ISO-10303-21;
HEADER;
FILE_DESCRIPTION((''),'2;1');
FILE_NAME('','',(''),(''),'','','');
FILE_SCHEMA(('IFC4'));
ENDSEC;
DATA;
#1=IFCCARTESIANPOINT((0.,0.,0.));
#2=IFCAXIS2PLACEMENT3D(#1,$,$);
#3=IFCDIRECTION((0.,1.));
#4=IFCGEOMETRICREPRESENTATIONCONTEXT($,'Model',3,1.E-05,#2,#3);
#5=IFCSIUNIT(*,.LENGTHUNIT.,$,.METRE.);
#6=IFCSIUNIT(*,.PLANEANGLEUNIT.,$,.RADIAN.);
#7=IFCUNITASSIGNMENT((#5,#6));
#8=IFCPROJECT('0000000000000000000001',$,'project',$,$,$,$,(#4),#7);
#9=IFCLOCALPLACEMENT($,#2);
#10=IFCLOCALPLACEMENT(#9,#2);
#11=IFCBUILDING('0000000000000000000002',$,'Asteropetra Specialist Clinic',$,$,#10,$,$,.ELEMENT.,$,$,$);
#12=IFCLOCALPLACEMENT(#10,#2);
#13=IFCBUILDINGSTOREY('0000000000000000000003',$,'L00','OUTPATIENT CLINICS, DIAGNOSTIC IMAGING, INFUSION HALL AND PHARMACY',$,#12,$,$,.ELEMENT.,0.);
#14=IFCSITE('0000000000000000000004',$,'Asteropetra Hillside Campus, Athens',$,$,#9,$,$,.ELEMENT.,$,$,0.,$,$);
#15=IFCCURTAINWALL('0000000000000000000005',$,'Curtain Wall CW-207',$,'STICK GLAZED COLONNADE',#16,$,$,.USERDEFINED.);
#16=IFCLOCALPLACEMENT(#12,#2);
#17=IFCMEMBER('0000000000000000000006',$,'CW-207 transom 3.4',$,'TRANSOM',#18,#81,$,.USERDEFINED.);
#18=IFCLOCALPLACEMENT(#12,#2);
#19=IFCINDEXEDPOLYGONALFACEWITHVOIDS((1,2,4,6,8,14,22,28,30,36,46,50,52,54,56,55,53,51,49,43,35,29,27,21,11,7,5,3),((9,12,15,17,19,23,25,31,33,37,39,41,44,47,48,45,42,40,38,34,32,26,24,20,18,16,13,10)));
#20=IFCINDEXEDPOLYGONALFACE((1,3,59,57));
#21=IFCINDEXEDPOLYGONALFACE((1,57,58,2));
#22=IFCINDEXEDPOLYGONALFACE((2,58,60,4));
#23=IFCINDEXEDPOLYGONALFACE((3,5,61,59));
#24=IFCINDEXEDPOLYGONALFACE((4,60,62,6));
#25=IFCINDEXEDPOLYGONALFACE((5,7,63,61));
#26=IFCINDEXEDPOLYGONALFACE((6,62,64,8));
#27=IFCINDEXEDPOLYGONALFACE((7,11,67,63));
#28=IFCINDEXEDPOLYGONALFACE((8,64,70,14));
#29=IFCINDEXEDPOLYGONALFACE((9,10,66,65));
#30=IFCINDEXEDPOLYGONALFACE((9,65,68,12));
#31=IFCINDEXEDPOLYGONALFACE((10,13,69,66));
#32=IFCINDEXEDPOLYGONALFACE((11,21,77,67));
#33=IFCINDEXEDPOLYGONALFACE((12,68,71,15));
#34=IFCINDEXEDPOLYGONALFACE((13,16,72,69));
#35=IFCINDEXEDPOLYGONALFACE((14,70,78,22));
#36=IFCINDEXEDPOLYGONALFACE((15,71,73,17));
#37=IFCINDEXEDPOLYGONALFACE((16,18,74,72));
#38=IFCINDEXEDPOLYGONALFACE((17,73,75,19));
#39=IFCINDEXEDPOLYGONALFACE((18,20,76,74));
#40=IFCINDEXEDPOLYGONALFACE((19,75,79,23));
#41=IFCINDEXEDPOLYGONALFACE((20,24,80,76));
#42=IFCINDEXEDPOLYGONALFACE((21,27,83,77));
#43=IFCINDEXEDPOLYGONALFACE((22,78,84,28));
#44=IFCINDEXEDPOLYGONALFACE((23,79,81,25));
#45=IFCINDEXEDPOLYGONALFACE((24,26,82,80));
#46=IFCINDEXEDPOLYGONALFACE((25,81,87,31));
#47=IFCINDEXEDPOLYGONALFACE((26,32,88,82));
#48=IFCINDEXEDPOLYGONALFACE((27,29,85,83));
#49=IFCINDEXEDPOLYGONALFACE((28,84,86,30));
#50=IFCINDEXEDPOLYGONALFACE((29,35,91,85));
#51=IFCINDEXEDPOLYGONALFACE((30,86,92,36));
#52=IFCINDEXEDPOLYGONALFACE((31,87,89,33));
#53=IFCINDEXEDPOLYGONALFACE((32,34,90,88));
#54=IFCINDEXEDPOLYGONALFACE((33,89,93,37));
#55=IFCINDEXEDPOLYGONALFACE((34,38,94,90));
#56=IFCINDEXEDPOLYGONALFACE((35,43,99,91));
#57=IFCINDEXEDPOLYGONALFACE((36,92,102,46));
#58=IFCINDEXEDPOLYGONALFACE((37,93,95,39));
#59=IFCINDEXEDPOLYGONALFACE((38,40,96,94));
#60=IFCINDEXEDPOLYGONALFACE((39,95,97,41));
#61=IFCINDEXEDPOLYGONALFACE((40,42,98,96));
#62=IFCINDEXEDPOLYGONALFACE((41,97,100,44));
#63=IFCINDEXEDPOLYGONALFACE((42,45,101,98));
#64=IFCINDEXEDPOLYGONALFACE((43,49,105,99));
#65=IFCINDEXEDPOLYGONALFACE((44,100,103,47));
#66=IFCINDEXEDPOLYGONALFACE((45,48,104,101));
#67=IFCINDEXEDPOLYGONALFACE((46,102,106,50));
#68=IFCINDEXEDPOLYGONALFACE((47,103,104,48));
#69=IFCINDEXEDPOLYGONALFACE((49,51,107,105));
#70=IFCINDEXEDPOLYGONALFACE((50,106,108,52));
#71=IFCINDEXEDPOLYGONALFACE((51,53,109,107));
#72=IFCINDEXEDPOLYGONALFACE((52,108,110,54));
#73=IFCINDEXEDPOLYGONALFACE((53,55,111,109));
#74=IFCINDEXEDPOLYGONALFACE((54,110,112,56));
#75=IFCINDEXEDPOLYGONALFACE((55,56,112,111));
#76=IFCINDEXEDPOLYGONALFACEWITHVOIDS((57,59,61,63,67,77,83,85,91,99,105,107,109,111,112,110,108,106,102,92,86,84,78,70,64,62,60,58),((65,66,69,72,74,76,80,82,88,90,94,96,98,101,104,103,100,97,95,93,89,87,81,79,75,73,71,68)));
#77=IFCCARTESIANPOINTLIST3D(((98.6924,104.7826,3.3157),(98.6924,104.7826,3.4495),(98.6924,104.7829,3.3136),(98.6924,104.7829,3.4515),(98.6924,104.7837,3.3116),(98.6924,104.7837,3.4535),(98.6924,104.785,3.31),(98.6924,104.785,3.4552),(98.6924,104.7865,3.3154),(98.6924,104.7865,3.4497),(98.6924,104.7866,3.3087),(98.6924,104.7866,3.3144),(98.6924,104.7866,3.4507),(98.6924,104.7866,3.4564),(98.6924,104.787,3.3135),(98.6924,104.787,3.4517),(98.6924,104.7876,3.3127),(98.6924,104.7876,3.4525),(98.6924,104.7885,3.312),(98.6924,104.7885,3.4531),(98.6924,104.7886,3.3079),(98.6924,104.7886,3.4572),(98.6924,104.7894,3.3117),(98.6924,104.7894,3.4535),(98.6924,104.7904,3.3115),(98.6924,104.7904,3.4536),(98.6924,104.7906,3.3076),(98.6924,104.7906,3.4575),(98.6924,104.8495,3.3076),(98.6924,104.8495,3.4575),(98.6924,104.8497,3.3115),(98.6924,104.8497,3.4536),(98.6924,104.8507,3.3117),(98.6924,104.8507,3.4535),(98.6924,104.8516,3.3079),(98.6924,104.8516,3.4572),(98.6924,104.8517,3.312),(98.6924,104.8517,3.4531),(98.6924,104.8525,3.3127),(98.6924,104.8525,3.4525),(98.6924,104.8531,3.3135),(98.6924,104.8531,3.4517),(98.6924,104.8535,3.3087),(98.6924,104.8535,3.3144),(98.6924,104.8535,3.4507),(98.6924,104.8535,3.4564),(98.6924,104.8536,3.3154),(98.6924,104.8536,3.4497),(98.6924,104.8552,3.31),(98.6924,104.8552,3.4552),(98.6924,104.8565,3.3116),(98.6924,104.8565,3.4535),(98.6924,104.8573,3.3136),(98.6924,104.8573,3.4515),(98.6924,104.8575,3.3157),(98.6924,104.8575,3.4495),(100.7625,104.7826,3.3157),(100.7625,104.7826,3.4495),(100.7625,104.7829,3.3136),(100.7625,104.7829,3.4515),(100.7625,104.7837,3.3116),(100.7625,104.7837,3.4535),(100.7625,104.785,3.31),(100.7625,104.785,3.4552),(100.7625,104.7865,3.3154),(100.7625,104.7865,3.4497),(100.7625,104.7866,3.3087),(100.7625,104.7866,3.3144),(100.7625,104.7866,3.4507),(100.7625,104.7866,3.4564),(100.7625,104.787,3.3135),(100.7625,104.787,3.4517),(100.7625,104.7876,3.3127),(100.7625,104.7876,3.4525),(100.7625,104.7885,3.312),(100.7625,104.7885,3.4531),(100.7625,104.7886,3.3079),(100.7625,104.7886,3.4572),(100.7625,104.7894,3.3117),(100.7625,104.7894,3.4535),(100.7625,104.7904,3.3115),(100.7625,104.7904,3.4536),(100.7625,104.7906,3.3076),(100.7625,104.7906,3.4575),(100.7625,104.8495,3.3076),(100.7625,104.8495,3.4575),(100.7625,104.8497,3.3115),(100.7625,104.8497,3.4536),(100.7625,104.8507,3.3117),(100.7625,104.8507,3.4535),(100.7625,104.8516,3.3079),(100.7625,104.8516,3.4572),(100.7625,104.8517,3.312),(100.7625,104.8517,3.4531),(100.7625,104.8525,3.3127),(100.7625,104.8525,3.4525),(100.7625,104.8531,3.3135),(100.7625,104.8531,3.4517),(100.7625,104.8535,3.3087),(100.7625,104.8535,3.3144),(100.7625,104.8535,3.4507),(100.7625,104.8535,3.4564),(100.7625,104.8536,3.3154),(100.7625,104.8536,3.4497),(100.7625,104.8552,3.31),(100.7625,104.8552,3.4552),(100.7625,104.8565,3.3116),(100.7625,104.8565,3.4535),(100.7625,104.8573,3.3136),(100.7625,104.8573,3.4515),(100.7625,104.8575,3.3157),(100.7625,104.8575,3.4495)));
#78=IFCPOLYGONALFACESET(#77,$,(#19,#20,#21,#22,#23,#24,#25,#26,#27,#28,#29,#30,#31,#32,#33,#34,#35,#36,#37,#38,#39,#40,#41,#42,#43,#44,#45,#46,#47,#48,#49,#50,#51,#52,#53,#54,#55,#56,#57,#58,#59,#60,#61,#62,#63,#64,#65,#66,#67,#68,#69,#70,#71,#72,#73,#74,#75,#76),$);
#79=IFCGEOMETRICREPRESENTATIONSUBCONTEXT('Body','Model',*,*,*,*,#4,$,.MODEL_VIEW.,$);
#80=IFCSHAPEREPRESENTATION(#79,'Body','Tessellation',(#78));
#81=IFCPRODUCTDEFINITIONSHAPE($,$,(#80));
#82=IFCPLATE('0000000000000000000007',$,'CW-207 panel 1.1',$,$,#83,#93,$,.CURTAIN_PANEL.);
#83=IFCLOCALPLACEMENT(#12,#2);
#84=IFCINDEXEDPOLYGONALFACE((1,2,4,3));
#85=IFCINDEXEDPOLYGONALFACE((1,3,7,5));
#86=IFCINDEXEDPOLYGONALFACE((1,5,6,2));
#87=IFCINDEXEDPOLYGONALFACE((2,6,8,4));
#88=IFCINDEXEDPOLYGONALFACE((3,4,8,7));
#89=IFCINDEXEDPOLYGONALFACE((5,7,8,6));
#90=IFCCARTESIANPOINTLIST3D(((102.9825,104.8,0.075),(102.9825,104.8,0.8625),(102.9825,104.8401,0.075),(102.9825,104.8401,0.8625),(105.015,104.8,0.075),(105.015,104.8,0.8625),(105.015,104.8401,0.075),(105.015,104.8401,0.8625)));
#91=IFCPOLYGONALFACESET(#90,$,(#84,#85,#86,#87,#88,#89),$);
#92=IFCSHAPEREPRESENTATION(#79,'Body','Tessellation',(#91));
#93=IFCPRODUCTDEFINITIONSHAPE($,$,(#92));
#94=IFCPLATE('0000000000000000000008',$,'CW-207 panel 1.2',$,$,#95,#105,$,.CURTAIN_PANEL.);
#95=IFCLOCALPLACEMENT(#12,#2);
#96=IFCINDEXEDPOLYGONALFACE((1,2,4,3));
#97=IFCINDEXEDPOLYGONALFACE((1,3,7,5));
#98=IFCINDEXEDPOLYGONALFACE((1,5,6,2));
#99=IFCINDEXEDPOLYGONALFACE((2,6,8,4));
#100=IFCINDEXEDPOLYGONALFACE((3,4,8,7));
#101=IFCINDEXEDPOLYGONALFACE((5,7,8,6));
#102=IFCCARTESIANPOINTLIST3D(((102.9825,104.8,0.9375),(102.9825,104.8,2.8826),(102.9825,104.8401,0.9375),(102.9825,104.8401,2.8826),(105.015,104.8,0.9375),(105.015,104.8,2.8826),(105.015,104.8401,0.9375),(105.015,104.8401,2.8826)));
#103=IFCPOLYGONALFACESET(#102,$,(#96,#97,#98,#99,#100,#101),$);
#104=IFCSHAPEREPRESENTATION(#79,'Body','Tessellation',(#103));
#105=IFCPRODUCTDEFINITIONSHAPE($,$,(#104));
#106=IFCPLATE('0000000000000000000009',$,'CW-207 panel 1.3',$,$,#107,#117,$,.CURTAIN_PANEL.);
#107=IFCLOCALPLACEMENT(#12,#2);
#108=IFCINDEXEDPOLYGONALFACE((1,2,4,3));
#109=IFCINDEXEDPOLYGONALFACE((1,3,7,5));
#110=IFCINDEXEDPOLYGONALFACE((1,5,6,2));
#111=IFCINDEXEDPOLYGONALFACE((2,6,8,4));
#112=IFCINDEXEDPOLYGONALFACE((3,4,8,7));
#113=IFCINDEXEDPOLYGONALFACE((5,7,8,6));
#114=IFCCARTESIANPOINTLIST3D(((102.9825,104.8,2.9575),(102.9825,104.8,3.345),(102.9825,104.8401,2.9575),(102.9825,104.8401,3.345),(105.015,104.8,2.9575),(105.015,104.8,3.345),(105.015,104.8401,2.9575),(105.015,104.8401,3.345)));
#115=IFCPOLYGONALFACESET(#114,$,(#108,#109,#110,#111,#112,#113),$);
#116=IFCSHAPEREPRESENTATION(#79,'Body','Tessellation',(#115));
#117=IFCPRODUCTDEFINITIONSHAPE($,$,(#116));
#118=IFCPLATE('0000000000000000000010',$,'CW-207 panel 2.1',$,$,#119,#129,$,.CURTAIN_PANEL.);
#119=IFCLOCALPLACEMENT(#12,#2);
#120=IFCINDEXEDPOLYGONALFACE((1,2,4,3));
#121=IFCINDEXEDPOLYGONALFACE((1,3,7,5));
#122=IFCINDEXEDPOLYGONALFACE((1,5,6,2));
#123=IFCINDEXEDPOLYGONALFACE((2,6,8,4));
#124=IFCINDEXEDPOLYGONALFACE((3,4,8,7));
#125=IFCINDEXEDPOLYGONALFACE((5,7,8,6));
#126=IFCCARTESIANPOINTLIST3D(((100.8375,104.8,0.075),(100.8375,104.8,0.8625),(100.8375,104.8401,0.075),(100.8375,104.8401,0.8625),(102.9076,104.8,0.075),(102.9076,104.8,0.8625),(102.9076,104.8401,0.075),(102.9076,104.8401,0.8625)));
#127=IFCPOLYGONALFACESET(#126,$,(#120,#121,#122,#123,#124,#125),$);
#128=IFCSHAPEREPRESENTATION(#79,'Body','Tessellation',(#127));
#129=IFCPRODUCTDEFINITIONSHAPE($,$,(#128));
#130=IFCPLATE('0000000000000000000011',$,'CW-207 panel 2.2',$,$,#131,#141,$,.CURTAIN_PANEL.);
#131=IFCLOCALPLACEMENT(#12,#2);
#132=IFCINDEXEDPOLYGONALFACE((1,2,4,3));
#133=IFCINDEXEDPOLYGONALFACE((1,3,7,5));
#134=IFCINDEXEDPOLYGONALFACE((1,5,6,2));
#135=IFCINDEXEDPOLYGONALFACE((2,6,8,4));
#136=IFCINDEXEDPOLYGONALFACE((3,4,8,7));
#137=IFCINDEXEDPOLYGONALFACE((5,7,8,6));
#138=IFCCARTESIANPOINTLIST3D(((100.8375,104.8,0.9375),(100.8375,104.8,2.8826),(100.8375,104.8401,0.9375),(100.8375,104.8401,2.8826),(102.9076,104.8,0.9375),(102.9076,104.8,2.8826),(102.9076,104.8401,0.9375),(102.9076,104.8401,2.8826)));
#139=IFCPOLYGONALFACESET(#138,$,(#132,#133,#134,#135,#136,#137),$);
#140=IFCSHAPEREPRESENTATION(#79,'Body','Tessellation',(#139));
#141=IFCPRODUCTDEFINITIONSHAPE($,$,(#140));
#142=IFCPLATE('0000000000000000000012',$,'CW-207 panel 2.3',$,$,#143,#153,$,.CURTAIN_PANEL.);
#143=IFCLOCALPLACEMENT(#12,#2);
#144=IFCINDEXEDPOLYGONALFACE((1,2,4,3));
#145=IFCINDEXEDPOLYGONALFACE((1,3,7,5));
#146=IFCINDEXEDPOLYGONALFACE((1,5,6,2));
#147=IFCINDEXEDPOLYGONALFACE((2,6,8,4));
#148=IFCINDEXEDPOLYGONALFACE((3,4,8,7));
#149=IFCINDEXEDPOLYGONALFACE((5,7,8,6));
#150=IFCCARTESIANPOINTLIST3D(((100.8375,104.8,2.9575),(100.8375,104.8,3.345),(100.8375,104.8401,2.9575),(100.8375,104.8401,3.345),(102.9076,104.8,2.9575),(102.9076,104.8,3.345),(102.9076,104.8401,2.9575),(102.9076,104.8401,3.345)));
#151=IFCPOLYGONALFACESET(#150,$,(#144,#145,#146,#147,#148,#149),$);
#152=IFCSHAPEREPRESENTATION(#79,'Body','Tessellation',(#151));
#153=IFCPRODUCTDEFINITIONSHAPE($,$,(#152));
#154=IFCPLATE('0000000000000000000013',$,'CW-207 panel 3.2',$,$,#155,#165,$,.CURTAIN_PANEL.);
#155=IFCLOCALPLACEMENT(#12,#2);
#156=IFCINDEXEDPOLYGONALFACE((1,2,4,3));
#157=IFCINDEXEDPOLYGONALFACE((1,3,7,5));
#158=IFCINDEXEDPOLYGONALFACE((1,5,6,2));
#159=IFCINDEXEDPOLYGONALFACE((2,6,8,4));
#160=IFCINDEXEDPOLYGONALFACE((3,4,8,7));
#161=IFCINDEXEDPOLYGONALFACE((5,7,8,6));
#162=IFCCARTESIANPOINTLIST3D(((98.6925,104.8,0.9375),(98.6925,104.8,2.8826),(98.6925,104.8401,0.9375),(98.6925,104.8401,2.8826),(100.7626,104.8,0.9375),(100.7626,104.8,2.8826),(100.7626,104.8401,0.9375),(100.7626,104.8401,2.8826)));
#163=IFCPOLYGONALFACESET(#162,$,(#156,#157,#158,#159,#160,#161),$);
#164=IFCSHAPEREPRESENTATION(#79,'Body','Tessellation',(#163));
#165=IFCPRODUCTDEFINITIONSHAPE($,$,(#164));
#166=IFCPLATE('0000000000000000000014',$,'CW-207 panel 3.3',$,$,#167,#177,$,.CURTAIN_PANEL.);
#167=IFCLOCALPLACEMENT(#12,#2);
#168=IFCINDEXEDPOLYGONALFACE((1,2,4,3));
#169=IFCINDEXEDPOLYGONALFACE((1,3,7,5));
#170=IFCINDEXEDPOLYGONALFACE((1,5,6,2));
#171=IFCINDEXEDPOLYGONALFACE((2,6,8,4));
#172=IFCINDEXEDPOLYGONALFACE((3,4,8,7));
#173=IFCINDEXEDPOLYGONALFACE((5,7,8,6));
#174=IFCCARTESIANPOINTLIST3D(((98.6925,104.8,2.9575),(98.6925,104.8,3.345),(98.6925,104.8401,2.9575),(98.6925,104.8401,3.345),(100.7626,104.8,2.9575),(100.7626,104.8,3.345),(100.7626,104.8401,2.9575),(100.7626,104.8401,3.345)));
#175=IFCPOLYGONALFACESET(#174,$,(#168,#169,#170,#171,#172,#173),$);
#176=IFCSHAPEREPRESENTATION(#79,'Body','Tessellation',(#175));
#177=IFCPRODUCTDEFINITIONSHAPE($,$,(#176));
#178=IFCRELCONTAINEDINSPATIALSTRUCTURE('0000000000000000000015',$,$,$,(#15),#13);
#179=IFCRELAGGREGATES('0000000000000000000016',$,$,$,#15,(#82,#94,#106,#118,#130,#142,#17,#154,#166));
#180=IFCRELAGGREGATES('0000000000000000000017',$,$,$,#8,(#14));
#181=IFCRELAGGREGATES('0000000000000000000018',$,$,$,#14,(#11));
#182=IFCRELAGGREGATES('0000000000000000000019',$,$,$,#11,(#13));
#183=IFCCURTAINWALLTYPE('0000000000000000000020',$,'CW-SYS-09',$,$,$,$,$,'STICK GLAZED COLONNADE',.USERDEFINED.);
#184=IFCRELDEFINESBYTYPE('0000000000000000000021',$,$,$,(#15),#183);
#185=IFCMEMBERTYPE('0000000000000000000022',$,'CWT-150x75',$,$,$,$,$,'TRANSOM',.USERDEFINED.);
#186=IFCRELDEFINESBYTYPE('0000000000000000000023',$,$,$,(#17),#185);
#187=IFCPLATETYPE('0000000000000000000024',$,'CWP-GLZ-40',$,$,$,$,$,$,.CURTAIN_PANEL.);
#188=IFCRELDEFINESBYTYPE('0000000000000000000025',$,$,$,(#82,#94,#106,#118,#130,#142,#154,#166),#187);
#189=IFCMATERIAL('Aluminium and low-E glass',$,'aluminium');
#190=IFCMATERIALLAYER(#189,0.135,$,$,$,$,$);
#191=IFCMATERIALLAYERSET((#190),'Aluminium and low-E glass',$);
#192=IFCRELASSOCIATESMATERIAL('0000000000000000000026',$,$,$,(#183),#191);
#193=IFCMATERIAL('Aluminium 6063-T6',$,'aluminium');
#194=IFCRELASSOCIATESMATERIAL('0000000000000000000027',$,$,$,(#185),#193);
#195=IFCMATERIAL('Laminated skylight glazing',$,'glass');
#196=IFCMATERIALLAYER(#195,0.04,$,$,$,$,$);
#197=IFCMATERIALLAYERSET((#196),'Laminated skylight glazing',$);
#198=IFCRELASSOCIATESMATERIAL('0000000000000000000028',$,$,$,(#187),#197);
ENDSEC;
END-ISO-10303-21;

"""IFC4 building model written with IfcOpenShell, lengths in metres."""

from ifc_helpers import new_model, si_unit, direction, frame, origin, origin_2d, place, context, subcontext, project, spatial, rectangle, hollow_rectangle, extrude, material, layer, layer_set, material_profile, profile_set, type_object, element, aggregate, save


model = new_model("IFC4")

# Units and contexts
model_context = context("Model", 3, precision=1e-05, world=origin(), true_north=direction((0.0, 1.0)))
body_context = subcontext(model_context, "Body", "Model", "MODEL_VIEW")
ifc_project = project(units=[si_unit("LENGTHUNIT", "METRE"), si_unit("PLANEANGLEUNIT", "RADIAN")], contexts=[model_context])

# Site, building, storey
site_placement = place(None, origin())
site = spatial("IfcSite", under=ifc_project, at=site_placement, Name="Asteropetra Hillside Campus, Athens", CompositionType="ELEMENT", RefElevation=0.0)
building_placement = place(site_placement, origin())
building = spatial("IfcBuilding", under=site, at=building_placement, Name="Asteropetra Specialist Clinic", CompositionType="ELEMENT")
storey_placement = place(building_placement, origin())
storey = spatial("IfcBuildingStorey", under=building, at=storey_placement, Name="L00", Description="OUTPATIENT CLINICS, DIAGNOSTIC IMAGING, INFUSION HALL AND PHARMACY", CompositionType="ELEMENT", Elevation=0.0)

# Curtain wall, member, plates
ifc_material_1 = material(Name="Aluminium and low-E glass", Category="aluminium")
ifc_layer_1 = layer(ifc_material_1, 0.135)
ifc_layer_set_1 = layer_set([ifc_layer_1], Name="Aluminium and low-E glass")
curtain_wall_type = type_object("IfcCurtainWallType", Name="CW-SYS-09", ElementType="STICK GLAZED COLONNADE", PredefinedType="USERDEFINED", material=ifc_layer_set_1)
curtain_wall_placement = place(storey_placement, origin())
curtain_wall = element("IfcCurtainWall", 1, at=curtain_wall_placement, inside=storey, type_object=curtain_wall_type, Name="Curtain Wall CW-207", ObjectType="STICK GLAZED COLONNADE", PredefinedType="USERDEFINED")
ifc_material_2 = material(Name="Aluminium 6063-T6", Category="aluminium")
ifc_material_profile_1 = material_profile(ifc_material_2, hollow_rectangle(XDim=0.075, YDim=0.1499, WallThickness=0.0039, InnerFilletRadius=0.0039, OuterFilletRadius=0.0081, at=origin_2d()), Name="TRN 150x75x4.0")
ifc_profile_set_1 = profile_set([ifc_material_profile_1], Name="Aluminium 6063-T6")
member_type_1 = type_object("IfcMemberType", Name="CWT-150x75", ElementType="TRANSOM", PredefinedType="USERDEFINED", material=ifc_profile_set_1)
member_1_placement = place(storey_placement, frame((100.7625, 104.8201, 3.3826), z_axis=(-1.0, 0.0, 0.0), x_axis=(0.0, -1.0, 0.0)))
member_1 = element("IfcMember", 2, at=member_1_placement, type_object=member_type_1, Name="CW-207 transom 3.4", ObjectType="TRANSOM", PredefinedType="USERDEFINED", context=body_context, shape_type="SweptSolid", body=[
    extrude(hollow_rectangle(XDim=0.075, YDim=0.1499, WallThickness=0.0039, InnerFilletRadius=0.0039, OuterFilletRadius=0.0081, at=origin_2d()), origin(), (0.0, 0.0, 1.0), 2.0701),
])
ifc_material_3 = material(Name="Laminated skylight glazing", Category="glass")
ifc_layer_2 = layer(ifc_material_3, 0.04)
ifc_layer_set_2 = layer_set([ifc_layer_2], Name="Laminated skylight glazing")
plate_type = type_object("IfcPlateType", Name="CWP-GLZ-40", PredefinedType="CURTAIN_PANEL", material=ifc_layer_set_2)
plate_1_placement = place(storey_placement, frame((103.9988, 104.8201, 0.075), z_axis=(0.0, 0.0, 1.0), x_axis=(-1.0, 0.0, 0.0)))
plate_1 = element("IfcPlate", 3, at=plate_1_placement, type_object=plate_type, Name="CW-207 panel 1.1", PredefinedType="CURTAIN_PANEL", context=body_context, shape_type="SweptSolid", body=[
    extrude(rectangle(XDim=2.0325, YDim=0.04, at=origin_2d()), origin(), (0.0, 0.0, 1.0), 0.7876),
])
plate_2_placement = place(storey_placement, frame((103.9988, 104.8201, 0.9375), z_axis=(0.0, 0.0, 1.0), x_axis=(-1.0, 0.0, 0.0)))
plate_2 = element("IfcPlate", 4, at=plate_2_placement, type_object=plate_type, Name="CW-207 panel 1.2", PredefinedType="CURTAIN_PANEL", context=body_context, shape_type="SweptSolid", body=[
    extrude(rectangle(XDim=2.0325, YDim=0.04, at=origin_2d()), origin(), (0.0, 0.0, 1.0), 1.9451),
])
plate_3_placement = place(storey_placement, frame((103.9988, 104.8201, 2.9575), z_axis=(0.0, 0.0, 1.0), x_axis=(-1.0, 0.0, 0.0)))
plate_3 = element("IfcPlate", 5, at=plate_3_placement, type_object=plate_type, Name="CW-207 panel 1.3", PredefinedType="CURTAIN_PANEL", context=body_context, shape_type="SweptSolid", body=[
    extrude(rectangle(XDim=2.0325, YDim=0.04, at=origin_2d()), origin(), (0.0, 0.0, 1.0), 0.3875),
])
plate_4_placement = place(storey_placement, frame((101.8726, 104.8201, 0.075), z_axis=(0.0, 0.0, 1.0), x_axis=(-1.0, 0.0, 0.0)))
plate_4 = element("IfcPlate", 6, at=plate_4_placement, type_object=plate_type, Name="CW-207 panel 2.1", PredefinedType="CURTAIN_PANEL", context=body_context, shape_type="SweptSolid", body=[
    extrude(rectangle(XDim=2.0701, YDim=0.04, at=origin_2d()), origin(), (0.0, 0.0, 1.0), 0.7876),
])
plate_5_placement = place(storey_placement, frame((101.8726, 104.8201, 0.9375), z_axis=(0.0, 0.0, 1.0), x_axis=(-1.0, 0.0, 0.0)))
plate_5 = element("IfcPlate", 7, at=plate_5_placement, type_object=plate_type, Name="CW-207 panel 2.2", PredefinedType="CURTAIN_PANEL", context=body_context, shape_type="SweptSolid", body=[
    extrude(rectangle(XDim=2.0701, YDim=0.04, at=origin_2d()), origin(), (0.0, 0.0, 1.0), 1.9451),
])
plate_6_placement = place(storey_placement, frame((101.8726, 104.8201, 2.9575), z_axis=(0.0, 0.0, 1.0), x_axis=(-1.0, 0.0, 0.0)))
plate_6 = element("IfcPlate", 8, at=plate_6_placement, type_object=plate_type, Name="CW-207 panel 2.3", PredefinedType="CURTAIN_PANEL", context=body_context, shape_type="SweptSolid", body=[
    extrude(rectangle(XDim=2.0701, YDim=0.04, at=origin_2d()), origin(), (0.0, 0.0, 1.0), 0.3875),
])
plate_7_placement = place(storey_placement, frame((99.7275, 104.8201, 0.9375), z_axis=(0.0, 0.0, 1.0), x_axis=(-1.0, 0.0, 0.0)))
plate_7 = element("IfcPlate", 9, at=plate_7_placement, type_object=plate_type, Name="CW-207 panel 3.2", PredefinedType="CURTAIN_PANEL", context=body_context, shape_type="SweptSolid", body=[
    extrude(rectangle(XDim=2.0701, YDim=0.04, at=origin_2d()), origin(), (0.0, 0.0, 1.0), 1.9451),
])
plate_8_placement = place(storey_placement, frame((99.7275, 104.8201, 2.9575), z_axis=(0.0, 0.0, 1.0), x_axis=(-1.0, 0.0, 0.0)))
plate_8 = element("IfcPlate", 10, at=plate_8_placement, type_object=plate_type, Name="CW-207 panel 3.3", PredefinedType="CURTAIN_PANEL", context=body_context, shape_type="SweptSolid", body=[
    extrude(rectangle(XDim=2.0701, YDim=0.04, at=origin_2d()), origin(), (0.0, 0.0, 1.0), 0.3875),
])
aggregate(curtain_wall, [plate_1, plate_2, plate_3, plate_4, plate_5, plate_6, member_1, plate_7, plate_8])

save(model, "model.ifc")
